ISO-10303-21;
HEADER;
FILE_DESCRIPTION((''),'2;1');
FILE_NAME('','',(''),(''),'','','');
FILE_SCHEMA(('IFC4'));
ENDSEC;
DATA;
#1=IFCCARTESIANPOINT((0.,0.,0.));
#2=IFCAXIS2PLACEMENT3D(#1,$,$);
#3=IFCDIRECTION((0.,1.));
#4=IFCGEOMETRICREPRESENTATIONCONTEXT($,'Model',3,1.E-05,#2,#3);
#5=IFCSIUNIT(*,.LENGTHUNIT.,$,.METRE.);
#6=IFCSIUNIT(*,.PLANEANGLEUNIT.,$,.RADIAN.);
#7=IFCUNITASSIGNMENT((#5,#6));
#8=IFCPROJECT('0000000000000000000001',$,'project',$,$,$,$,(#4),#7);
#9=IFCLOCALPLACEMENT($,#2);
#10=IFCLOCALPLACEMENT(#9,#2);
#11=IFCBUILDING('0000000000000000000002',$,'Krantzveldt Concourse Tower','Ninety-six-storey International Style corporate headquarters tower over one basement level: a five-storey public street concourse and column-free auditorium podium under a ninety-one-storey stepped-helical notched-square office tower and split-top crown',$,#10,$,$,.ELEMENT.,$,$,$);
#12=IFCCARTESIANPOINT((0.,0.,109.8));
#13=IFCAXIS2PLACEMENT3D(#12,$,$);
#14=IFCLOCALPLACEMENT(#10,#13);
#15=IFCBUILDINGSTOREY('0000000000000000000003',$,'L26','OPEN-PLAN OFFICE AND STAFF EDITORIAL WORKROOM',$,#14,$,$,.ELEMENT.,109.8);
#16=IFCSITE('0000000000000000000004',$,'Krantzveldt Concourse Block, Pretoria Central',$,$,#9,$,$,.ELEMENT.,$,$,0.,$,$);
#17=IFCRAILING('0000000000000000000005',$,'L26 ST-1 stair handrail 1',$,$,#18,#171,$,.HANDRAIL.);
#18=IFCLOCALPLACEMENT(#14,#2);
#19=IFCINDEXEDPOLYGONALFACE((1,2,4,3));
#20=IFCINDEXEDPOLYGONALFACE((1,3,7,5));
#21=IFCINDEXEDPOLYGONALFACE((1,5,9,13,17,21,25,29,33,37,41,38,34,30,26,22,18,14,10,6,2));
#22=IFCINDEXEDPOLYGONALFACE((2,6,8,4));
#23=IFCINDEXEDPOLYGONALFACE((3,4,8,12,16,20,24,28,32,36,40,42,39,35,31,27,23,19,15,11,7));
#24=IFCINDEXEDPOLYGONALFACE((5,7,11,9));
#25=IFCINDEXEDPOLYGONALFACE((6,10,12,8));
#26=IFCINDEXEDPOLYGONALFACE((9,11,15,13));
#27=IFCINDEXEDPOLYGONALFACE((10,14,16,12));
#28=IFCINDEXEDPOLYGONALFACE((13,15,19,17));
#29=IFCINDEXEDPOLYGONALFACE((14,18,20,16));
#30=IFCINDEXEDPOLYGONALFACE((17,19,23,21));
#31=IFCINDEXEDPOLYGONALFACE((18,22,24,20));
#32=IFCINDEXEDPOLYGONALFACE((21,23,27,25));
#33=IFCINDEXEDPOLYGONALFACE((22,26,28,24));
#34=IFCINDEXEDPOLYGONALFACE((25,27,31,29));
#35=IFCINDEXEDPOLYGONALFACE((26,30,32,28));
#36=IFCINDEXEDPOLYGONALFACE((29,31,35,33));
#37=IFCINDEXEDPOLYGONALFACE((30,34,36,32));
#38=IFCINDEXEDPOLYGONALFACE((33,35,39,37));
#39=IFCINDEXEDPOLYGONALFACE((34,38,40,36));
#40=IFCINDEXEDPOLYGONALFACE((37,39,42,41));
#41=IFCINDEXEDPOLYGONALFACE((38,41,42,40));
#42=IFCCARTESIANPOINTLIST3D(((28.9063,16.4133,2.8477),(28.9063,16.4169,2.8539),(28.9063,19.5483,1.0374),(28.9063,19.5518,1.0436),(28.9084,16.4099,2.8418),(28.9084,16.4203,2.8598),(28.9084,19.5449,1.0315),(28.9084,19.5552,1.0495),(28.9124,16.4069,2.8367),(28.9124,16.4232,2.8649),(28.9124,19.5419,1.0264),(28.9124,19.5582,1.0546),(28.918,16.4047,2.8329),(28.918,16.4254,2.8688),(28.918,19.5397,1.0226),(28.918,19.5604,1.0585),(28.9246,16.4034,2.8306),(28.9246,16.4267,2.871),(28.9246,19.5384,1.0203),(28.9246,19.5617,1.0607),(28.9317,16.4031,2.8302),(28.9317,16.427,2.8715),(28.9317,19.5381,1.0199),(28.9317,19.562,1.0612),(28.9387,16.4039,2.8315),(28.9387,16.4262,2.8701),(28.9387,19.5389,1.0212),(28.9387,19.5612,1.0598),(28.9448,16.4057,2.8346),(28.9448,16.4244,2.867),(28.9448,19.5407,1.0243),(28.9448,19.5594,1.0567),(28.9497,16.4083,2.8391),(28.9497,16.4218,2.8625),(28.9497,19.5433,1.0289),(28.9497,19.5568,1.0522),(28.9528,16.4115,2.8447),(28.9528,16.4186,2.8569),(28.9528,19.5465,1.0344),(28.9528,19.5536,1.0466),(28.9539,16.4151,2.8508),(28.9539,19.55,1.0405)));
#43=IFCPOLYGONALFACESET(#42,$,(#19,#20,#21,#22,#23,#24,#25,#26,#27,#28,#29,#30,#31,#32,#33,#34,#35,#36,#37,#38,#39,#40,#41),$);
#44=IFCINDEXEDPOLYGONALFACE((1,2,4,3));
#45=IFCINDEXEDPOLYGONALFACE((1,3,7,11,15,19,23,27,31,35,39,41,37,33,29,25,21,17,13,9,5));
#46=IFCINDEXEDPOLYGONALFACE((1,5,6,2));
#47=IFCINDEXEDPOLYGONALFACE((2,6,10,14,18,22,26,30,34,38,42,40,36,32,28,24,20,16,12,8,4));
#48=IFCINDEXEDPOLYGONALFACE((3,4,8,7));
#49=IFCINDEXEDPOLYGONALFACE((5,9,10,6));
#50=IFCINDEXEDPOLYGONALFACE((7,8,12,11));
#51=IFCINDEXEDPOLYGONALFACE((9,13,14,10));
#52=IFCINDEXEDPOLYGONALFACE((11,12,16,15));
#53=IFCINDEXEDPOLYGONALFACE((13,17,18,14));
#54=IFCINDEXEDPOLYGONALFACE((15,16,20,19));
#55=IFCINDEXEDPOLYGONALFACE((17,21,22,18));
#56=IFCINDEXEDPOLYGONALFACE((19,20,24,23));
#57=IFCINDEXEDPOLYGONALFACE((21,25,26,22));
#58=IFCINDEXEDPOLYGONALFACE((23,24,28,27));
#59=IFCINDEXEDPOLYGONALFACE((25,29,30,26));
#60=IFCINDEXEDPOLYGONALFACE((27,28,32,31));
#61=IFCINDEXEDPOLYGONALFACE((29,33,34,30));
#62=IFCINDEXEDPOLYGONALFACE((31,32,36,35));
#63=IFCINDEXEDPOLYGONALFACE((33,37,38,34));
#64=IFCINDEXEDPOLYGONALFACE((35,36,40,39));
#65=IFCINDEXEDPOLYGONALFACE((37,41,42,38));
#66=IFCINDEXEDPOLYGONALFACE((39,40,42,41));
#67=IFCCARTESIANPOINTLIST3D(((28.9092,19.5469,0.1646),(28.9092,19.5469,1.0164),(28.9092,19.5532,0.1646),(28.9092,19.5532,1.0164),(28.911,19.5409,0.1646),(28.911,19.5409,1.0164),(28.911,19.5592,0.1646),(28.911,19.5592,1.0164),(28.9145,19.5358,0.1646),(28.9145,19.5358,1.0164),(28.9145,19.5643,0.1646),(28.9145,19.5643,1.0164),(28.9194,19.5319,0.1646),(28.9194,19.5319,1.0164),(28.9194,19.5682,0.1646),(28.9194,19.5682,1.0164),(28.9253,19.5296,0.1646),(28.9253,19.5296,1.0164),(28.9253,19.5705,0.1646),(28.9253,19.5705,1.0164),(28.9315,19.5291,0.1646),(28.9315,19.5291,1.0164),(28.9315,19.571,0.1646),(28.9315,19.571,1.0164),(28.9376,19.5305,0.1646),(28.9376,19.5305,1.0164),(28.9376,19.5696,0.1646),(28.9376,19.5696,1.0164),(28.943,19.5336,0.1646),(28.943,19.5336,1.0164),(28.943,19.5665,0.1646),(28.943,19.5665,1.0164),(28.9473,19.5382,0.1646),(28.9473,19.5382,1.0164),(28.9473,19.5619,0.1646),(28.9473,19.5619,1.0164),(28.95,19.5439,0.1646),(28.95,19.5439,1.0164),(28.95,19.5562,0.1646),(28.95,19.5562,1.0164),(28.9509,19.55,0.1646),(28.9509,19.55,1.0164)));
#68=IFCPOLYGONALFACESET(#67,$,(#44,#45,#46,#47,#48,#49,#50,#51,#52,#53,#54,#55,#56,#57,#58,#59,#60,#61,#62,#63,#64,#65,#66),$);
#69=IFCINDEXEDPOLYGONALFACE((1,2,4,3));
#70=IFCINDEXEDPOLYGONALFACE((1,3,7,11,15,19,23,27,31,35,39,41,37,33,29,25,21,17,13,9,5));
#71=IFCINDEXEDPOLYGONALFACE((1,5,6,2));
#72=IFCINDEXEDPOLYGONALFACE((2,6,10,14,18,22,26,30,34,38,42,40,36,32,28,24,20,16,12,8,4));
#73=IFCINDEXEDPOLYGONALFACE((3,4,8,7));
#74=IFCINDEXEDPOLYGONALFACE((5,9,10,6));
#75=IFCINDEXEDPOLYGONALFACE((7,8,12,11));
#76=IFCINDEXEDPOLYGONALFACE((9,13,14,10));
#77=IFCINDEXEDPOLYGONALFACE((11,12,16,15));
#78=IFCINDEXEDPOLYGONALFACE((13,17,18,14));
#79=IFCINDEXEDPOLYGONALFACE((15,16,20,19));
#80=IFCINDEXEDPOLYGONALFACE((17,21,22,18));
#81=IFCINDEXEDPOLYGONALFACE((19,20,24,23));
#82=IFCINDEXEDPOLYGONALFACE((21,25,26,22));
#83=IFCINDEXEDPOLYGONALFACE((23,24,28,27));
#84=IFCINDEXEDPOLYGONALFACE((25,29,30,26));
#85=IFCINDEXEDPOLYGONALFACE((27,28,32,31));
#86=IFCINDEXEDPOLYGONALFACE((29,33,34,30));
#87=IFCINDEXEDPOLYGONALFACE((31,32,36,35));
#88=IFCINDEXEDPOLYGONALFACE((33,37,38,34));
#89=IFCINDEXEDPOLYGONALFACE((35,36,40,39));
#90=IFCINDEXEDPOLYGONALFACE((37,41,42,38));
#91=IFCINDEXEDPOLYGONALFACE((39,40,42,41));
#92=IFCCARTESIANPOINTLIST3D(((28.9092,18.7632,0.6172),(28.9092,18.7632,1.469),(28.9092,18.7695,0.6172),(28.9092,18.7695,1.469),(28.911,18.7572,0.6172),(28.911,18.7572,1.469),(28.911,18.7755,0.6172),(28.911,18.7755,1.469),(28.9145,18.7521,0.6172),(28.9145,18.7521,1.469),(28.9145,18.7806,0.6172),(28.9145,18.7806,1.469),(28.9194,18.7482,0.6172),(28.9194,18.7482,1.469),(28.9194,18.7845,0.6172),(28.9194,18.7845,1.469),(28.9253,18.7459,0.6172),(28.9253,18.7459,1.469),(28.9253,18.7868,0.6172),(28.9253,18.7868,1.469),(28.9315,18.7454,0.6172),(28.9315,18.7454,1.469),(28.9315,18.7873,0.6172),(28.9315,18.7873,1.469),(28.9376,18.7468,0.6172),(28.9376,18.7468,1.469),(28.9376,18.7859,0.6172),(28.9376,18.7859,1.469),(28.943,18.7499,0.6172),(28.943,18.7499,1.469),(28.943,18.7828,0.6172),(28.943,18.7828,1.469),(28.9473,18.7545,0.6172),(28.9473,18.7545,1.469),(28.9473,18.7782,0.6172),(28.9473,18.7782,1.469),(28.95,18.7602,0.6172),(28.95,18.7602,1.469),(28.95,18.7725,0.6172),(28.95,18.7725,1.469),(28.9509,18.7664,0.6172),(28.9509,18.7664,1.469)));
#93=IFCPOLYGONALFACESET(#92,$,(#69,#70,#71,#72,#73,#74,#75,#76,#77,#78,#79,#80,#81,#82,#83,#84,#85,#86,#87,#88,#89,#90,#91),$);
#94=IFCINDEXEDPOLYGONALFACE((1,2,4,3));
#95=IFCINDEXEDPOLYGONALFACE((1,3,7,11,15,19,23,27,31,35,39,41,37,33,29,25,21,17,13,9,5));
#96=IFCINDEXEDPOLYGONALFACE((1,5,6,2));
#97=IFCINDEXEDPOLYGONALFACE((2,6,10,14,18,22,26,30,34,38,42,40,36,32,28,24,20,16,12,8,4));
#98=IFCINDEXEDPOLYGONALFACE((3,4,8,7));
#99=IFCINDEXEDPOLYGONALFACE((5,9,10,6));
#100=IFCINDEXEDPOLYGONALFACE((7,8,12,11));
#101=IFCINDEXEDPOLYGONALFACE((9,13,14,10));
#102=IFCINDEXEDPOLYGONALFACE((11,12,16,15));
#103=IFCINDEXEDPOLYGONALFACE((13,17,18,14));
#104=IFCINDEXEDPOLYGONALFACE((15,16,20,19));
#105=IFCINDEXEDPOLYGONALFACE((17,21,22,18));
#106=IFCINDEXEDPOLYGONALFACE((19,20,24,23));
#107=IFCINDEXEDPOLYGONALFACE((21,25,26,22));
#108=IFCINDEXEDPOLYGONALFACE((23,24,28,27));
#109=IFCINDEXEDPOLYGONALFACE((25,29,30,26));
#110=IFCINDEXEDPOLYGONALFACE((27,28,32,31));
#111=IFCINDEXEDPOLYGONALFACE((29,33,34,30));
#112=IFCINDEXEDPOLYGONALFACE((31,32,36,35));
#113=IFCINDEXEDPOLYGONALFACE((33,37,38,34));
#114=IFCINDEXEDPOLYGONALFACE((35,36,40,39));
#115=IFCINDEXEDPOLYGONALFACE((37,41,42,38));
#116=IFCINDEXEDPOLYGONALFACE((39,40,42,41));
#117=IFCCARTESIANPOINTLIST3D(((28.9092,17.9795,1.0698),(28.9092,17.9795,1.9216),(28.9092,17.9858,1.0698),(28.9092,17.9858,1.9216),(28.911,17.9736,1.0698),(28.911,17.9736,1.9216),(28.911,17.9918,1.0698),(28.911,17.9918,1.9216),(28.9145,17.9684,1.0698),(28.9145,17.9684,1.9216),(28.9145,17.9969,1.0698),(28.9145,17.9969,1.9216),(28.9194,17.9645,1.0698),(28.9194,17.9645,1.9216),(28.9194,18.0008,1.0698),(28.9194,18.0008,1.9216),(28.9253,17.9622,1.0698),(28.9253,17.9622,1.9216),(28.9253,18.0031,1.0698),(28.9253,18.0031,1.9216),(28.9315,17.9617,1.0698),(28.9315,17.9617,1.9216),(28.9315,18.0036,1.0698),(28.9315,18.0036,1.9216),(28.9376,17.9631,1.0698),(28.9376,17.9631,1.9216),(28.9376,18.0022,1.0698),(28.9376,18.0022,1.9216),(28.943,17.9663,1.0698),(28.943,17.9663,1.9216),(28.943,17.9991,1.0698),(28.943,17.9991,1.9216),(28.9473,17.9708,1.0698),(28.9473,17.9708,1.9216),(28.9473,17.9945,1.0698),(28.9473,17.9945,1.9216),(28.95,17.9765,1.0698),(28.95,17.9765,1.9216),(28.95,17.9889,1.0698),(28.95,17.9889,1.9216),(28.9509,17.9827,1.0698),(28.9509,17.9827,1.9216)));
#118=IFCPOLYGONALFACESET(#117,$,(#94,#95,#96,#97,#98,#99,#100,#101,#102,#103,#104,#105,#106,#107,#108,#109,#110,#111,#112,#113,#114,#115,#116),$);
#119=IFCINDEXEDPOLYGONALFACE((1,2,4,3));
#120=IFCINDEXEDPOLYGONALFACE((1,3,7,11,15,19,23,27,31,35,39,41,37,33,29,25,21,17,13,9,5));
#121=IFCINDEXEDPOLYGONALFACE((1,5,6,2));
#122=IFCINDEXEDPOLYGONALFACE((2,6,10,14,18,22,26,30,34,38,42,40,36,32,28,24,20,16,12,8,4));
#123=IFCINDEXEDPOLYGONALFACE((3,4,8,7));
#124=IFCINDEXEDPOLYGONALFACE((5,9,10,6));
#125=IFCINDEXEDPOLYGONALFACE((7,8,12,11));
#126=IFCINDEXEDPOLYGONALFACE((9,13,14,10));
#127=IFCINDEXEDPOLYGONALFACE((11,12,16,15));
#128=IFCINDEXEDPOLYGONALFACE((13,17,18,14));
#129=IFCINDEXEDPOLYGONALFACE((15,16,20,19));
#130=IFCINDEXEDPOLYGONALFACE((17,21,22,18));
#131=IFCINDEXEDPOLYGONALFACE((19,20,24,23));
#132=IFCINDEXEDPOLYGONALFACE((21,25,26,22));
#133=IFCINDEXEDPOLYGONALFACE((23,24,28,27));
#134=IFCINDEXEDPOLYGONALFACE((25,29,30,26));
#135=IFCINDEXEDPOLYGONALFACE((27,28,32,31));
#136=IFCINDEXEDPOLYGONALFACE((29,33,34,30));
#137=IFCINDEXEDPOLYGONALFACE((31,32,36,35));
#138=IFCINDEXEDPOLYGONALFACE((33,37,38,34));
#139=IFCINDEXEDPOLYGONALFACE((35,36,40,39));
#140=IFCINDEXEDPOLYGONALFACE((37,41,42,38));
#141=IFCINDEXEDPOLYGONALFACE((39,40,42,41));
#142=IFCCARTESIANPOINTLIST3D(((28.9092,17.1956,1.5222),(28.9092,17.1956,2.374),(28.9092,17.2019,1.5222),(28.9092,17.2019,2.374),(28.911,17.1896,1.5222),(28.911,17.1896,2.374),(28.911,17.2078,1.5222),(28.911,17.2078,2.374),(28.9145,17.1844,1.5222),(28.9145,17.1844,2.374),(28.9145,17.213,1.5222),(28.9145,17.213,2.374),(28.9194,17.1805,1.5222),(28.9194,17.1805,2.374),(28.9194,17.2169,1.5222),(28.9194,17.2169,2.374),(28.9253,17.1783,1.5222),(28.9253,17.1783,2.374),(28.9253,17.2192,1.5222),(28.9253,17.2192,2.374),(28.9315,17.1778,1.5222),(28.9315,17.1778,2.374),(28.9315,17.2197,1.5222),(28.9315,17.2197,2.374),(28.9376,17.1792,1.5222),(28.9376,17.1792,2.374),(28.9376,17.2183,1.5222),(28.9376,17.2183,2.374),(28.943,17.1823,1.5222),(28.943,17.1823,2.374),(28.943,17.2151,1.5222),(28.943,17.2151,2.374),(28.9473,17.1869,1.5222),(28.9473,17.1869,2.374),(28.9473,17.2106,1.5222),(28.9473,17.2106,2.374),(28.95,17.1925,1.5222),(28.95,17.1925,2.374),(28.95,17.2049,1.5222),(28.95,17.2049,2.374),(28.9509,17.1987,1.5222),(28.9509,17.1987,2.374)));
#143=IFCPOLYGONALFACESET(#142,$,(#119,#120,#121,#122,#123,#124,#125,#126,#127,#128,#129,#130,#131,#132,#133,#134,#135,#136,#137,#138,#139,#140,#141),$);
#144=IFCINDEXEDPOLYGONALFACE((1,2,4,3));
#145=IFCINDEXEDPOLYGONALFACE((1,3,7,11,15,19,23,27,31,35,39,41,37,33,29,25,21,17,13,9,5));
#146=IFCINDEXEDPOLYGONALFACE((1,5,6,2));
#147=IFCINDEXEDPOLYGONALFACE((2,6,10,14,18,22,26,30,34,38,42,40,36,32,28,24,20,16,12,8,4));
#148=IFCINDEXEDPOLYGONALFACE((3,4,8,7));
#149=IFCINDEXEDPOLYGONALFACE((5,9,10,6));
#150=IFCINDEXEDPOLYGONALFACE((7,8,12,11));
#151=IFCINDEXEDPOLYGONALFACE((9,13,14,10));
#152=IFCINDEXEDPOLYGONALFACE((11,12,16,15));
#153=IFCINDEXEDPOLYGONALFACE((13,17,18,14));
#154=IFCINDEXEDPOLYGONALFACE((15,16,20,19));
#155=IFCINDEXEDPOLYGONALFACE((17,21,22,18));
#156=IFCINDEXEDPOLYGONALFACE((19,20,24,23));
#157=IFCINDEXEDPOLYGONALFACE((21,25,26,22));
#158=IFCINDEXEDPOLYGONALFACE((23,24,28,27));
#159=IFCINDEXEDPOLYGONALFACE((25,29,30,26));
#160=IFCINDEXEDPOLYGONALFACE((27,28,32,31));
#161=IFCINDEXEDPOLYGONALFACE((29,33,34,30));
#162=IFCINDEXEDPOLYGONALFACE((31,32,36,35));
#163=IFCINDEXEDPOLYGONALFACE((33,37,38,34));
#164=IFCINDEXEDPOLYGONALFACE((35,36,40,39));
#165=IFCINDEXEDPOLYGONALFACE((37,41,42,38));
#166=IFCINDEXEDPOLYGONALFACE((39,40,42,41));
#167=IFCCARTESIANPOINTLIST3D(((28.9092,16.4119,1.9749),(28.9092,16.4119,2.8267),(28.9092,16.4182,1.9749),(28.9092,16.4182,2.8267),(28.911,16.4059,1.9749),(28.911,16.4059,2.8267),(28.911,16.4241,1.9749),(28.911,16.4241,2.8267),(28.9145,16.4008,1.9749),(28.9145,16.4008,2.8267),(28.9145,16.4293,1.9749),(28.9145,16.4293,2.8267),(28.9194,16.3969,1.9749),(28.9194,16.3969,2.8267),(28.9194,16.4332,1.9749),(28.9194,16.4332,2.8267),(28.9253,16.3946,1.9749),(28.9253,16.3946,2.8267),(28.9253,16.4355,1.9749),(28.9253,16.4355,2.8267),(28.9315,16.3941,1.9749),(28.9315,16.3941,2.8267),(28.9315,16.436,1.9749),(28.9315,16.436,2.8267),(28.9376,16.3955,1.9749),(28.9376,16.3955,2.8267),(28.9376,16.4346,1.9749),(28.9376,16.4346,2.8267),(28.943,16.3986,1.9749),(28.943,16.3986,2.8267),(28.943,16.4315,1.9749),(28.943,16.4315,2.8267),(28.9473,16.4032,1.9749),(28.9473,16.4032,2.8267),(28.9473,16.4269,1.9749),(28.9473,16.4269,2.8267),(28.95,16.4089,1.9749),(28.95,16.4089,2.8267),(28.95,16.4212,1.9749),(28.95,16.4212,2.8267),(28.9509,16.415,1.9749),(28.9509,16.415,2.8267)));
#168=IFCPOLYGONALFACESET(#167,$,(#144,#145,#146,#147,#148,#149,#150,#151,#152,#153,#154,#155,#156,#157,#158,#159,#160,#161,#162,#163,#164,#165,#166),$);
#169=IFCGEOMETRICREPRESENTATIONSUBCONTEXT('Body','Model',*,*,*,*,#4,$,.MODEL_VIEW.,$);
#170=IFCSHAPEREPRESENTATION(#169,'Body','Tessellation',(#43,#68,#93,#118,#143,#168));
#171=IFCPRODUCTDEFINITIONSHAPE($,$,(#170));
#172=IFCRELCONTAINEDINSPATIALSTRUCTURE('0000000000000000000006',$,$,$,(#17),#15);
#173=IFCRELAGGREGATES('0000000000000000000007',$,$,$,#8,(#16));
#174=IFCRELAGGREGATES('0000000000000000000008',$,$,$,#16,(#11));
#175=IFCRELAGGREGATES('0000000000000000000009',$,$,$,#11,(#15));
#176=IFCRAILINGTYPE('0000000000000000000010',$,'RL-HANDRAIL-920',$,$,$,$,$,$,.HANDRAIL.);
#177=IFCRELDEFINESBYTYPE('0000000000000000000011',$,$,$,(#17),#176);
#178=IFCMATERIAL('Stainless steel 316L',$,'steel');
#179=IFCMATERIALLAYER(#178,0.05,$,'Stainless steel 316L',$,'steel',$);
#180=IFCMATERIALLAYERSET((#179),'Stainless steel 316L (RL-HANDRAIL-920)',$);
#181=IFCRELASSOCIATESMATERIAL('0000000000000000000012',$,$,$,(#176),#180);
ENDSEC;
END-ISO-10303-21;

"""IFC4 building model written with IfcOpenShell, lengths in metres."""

from ifc_helpers import new_model, si_unit, direction, frame, origin, origin_2d, place, context, subcontext, project, spatial, circle, extrude, material, layer, layer_set, type_object, element, save


model = new_model("IFC4")

# Units and contexts
model_context = context("Model", 3, precision=1e-05, world=origin(), true_north=direction((0.0, 1.0)))
body_context = subcontext(model_context, "Body", "Model", "MODEL_VIEW")
ifc_project = project(units=[si_unit("LENGTHUNIT", "METRE"), si_unit("PLANEANGLEUNIT", "RADIAN")], contexts=[model_context])

# Site, building, storey
site_placement = place(None, origin())
site = spatial("IfcSite", under=ifc_project, at=site_placement, Name="Krantzveldt Concourse Block, Pretoria Central", CompositionType="ELEMENT", RefElevation=0.0)
building_placement = place(site_placement, origin())
building = spatial("IfcBuilding", under=site, at=building_placement, Name="Krantzveldt Concourse Tower", Description="Ninety-six-storey International Style corporate headquarters tower over one basement level: a five-storey public street concourse and column-free auditorium podium under a ninety-one-storey stepped-helical notched-square office tower and split-top crown", CompositionType="ELEMENT")
storey_placement = place(building_placement, frame((0.0, 0.0, 109.8)))
storey = spatial("IfcBuildingStorey", under=building, at=storey_placement, Name="L26", Description="OPEN-PLAN OFFICE AND STAFF EDITORIAL WORKROOM", CompositionType="ELEMENT", Elevation=109.8)

# Railing
ifc_material_1 = material(Name="Stainless steel 316L", Category="steel")
ifc_layer_1 = layer(ifc_material_1, 0.05, Name="Stainless steel 316L", Category="steel")
ifc_layer_set_1 = layer_set([ifc_layer_1], Name="Stainless steel 316L (RL-HANDRAIL-920)")
railing_type_1 = type_object("IfcRailingType", Name="RL-HANDRAIL-920", PredefinedType="HANDRAIL", material=ifc_layer_set_1)
railing_1_placement = place(storey_placement, frame((28.9299, 19.55, 0.1646)))
element("IfcRailing", 1, at=railing_1_placement, inside=storey, type_object=railing_type_1, Name="L26 ST-1 stair handrail 1", PredefinedType="HANDRAIL", context=body_context, shape_type="SweptSolid", body=[
    extrude(circle(Radius=0.0239, at=origin_2d()), frame((0.0, 0.0, 0.876), z_axis=(0.0, -0.865989, 0.500063), x_axis=(1.0, 0.0, 0.0)), (0.0, 0.0, 1.0), 3.6201),
    extrude(circle(Radius=0.021, at=origin_2d()), origin(), (0.0, 0.0, 1.0), 0.8518),
    extrude(circle(Radius=0.021, at=origin_2d()), frame((0.0, -0.7837, 0.4526)), (0.0, 0.0, 1.0), 0.8518),
    extrude(circle(Radius=0.021, at=origin_2d()), frame((0.0, -1.5674, 0.9053)), (0.0, 0.0, 1.0), 0.8518),
    extrude(circle(Radius=0.021, at=origin_2d()), frame((0.0, -2.3513, 1.3577)), (0.0, 0.0, 1.0), 0.8518),
    extrude(circle(Radius=0.021, at=origin_2d()), frame((0.0, -3.135, 1.8103)), (0.0, 0.0, 1.0), 0.8518),
])

save(model, "model.ifc")
